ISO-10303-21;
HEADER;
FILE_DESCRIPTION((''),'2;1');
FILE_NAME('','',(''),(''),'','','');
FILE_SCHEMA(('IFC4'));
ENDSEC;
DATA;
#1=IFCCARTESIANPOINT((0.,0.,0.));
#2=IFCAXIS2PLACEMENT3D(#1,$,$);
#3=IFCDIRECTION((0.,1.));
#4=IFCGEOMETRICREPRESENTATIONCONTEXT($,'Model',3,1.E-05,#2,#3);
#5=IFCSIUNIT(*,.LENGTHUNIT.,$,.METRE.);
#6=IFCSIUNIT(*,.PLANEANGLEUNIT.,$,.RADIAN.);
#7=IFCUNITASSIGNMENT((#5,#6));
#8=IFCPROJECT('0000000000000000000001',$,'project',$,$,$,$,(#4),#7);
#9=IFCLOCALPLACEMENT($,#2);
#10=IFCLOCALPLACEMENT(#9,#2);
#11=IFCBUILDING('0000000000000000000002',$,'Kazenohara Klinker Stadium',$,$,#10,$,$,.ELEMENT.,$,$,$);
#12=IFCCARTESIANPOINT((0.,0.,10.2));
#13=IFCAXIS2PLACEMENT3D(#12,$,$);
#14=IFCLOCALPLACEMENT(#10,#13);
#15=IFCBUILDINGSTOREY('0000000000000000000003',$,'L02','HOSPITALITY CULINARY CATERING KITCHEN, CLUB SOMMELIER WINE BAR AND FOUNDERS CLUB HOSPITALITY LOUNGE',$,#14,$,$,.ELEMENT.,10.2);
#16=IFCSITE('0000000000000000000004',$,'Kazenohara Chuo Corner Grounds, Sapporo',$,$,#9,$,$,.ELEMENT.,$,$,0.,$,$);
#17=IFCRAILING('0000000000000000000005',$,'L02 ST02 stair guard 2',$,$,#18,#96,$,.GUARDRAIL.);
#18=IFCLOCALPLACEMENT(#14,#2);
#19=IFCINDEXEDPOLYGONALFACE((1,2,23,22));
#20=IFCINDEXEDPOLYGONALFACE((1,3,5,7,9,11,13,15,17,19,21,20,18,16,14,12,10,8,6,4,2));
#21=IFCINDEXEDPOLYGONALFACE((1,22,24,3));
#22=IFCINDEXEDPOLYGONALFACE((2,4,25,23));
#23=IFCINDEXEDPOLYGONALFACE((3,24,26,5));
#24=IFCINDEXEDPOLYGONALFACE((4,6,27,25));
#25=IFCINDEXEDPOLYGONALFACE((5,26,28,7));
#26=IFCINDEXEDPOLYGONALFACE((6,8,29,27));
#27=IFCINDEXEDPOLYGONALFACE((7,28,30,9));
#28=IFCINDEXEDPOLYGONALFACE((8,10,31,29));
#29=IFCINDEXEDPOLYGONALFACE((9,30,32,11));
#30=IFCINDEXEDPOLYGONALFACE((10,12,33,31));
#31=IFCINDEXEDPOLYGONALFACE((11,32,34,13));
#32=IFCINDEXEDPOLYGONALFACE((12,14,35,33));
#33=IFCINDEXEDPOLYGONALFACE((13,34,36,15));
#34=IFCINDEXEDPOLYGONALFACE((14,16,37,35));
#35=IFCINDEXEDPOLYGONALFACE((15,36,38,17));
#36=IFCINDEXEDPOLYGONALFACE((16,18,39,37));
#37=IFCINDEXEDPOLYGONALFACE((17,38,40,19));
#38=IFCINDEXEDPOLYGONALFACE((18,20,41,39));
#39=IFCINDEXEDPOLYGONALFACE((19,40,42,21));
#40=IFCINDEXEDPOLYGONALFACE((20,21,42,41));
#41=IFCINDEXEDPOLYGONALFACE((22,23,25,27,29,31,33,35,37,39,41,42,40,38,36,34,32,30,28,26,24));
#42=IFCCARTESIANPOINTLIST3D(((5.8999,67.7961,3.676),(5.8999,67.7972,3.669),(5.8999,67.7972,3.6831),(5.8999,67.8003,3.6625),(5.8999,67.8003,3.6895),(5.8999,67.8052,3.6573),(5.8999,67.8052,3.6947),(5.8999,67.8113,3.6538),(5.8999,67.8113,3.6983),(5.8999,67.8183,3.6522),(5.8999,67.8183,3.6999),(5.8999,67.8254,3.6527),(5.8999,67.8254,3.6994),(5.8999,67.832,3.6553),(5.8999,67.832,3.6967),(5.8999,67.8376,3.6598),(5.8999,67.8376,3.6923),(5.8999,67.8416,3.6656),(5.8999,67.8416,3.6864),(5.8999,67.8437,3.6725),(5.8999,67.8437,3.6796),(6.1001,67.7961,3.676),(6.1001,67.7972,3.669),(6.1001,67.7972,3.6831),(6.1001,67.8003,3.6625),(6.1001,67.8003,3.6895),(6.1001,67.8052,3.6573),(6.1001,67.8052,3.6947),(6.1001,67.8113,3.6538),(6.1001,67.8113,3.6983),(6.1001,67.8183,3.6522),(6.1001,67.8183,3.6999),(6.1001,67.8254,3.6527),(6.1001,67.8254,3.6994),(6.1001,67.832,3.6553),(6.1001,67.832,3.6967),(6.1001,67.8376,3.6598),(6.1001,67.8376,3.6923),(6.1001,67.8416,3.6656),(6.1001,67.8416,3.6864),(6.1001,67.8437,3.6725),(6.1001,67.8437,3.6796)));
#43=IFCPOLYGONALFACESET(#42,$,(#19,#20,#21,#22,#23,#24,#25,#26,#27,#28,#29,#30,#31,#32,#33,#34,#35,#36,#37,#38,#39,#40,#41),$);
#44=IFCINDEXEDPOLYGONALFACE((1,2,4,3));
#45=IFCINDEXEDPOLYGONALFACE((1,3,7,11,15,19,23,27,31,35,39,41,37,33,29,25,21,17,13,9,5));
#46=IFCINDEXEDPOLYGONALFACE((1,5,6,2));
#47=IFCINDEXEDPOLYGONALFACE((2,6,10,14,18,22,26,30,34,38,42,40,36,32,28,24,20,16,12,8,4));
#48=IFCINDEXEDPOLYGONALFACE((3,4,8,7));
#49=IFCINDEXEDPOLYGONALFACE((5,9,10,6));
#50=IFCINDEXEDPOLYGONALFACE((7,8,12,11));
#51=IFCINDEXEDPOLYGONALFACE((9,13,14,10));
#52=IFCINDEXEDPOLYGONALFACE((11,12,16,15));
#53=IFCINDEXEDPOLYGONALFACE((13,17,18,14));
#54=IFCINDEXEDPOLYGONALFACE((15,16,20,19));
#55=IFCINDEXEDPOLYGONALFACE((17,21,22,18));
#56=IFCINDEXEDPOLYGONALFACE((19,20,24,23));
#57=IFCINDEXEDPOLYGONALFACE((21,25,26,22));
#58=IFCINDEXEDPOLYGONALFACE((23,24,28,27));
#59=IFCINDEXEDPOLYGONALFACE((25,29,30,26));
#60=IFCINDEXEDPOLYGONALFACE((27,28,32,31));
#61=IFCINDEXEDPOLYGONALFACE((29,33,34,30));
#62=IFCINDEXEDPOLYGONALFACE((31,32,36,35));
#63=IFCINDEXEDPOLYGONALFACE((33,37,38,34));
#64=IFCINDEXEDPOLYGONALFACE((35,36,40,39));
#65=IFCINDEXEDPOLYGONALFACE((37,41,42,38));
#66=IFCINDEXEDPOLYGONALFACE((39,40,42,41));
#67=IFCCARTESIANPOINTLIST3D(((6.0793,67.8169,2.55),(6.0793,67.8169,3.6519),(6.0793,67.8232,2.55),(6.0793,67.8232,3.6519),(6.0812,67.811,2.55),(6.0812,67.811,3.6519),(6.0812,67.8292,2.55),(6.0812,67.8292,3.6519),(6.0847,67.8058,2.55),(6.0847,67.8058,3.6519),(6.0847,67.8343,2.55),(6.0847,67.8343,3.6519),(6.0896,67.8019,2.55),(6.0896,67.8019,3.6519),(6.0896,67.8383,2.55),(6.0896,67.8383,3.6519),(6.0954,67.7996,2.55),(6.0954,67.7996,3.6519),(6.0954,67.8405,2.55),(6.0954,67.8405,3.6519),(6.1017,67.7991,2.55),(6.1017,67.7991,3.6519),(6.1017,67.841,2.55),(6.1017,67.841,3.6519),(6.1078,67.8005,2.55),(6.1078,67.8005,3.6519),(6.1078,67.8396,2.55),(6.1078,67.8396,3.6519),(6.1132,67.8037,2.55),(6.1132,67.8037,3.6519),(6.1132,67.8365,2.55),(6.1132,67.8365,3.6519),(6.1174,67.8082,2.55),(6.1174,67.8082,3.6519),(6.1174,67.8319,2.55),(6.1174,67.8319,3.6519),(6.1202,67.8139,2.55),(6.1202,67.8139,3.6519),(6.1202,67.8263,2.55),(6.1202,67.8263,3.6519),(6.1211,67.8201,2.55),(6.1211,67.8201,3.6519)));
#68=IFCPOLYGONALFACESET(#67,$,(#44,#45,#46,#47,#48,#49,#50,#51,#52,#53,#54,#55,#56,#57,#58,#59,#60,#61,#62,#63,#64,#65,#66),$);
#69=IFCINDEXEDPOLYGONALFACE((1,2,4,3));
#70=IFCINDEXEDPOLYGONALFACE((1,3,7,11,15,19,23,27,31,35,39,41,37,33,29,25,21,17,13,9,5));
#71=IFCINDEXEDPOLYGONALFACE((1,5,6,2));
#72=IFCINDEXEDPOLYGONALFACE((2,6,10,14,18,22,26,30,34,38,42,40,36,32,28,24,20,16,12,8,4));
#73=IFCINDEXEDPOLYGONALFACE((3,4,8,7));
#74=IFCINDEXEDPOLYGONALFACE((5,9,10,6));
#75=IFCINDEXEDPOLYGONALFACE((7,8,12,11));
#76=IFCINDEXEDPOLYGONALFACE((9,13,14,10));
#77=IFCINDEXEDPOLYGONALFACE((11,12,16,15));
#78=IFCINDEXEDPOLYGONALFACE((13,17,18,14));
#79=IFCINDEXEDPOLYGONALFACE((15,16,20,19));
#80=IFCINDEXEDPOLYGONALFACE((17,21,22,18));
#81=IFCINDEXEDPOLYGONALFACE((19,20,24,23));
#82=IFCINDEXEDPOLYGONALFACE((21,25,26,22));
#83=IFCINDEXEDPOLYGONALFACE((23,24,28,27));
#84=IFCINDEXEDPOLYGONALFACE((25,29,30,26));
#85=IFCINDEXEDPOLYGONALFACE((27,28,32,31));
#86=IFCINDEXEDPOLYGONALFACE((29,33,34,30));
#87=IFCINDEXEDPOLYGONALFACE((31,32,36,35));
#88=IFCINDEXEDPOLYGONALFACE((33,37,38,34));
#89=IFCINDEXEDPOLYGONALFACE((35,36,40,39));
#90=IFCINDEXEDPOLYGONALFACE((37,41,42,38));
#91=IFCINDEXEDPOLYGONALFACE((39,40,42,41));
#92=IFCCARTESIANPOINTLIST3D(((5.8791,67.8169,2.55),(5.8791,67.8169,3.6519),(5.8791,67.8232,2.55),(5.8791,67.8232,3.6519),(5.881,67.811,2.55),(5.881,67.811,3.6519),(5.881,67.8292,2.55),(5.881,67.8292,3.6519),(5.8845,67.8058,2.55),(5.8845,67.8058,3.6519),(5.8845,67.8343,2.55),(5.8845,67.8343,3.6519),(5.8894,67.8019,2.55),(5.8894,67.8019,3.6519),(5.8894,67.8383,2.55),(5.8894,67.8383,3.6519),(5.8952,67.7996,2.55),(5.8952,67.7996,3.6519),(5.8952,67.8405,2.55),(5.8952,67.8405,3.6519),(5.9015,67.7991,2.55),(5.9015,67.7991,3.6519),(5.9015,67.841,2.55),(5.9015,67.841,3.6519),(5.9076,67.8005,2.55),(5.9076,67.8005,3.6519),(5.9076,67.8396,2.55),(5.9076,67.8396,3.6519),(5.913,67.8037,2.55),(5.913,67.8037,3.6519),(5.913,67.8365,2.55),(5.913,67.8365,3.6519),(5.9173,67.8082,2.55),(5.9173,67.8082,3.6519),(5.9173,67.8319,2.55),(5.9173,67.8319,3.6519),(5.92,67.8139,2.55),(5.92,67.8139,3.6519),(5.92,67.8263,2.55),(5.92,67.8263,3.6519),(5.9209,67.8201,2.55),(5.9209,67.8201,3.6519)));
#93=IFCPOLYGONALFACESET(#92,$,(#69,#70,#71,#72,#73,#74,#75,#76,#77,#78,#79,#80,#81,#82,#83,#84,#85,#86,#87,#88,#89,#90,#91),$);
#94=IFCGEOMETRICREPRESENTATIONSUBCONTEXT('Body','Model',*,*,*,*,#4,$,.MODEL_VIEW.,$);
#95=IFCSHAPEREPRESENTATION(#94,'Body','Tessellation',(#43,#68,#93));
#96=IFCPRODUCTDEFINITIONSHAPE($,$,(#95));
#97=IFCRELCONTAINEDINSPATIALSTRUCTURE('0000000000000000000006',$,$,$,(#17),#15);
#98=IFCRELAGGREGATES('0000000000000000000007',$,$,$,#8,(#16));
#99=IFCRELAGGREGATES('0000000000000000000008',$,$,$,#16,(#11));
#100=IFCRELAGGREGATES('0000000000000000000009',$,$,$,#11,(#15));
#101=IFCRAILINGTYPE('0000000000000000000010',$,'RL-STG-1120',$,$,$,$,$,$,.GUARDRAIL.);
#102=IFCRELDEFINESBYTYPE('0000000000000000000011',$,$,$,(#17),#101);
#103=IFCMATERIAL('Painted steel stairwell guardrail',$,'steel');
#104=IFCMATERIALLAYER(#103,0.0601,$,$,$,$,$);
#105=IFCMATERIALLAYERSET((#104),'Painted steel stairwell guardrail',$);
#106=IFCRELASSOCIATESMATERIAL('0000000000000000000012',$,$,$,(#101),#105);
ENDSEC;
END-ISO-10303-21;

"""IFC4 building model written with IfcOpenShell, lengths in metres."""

from ifc_helpers import new_model, si_unit, direction, frame, origin, origin_2d, place, context, subcontext, project, spatial, circle, extrude, material, layer, layer_set, type_object, element, save


model = new_model("IFC4")

# Units and contexts
model_context = context("Model", 3, precision=1e-05, world=origin(), true_north=direction((0.0, 1.0)))
body_context = subcontext(model_context, "Body", "Model", "MODEL_VIEW")
ifc_project = project(units=[si_unit("LENGTHUNIT", "METRE"), si_unit("PLANEANGLEUNIT", "RADIAN")], contexts=[model_context])

# Site, building, storey
site_placement = place(None, origin())
site = spatial("IfcSite", under=ifc_project, at=site_placement, Name="Kazenohara Chuo Corner Grounds, Sapporo", CompositionType="ELEMENT", RefElevation=0.0)
building_placement = place(site_placement, origin())
building = spatial("IfcBuilding", under=site, at=building_placement, Name="Kazenohara Klinker Stadium", CompositionType="ELEMENT")
storey_placement = place(building_placement, frame((0.0, 0.0, 10.2)))
storey = spatial("IfcBuildingStorey", under=building, at=storey_placement, Name="L02", Description="HOSPITALITY CULINARY CATERING KITCHEN, CLUB SOMMELIER WINE BAR AND FOUNDERS CLUB HOSPITALITY LOUNGE", CompositionType="ELEMENT", Elevation=10.2)

# Railing
ifc_material_1 = material(Name="Painted steel stairwell guardrail", Category="steel")
ifc_layer_1 = layer(ifc_material_1, 0.0601)
ifc_layer_set_1 = layer_set([ifc_layer_1], Name="Painted steel stairwell guardrail")
railing_type_1 = type_object("IfcRailingType", Name="RL-STG-1120", PredefinedType="GUARDRAIL", material=ifc_layer_set_1)
railing_1_placement = place(storey_placement, frame((6.1001, 67.8201, 2.55)))
element("IfcRailing", 1, at=railing_1_placement, inside=storey, type_object=railing_type_1, Name="L02 ST02 stair guard 2", PredefinedType="GUARDRAIL", context=body_context, shape_type="SweptSolid", body=[
    extrude(circle(Radius=0.0239, at=origin_2d()), frame((0.0, 0.0, 1.126), z_axis=(-1.0, 0.0, 0.0), x_axis=(0.0, -1.0, 0.0)), (0.0, 0.0, 1.0), 0.2002),
    extrude(circle(Radius=0.021, at=origin_2d()), origin(), (0.0, 0.0, 1.0), 1.1018),
    extrude(circle(Radius=0.021, at=origin_2d()), frame((-0.2002, 0.0, 0.0)), (0.0, 0.0, 1.0), 1.1018),
])

save(model, "model.ifc")
